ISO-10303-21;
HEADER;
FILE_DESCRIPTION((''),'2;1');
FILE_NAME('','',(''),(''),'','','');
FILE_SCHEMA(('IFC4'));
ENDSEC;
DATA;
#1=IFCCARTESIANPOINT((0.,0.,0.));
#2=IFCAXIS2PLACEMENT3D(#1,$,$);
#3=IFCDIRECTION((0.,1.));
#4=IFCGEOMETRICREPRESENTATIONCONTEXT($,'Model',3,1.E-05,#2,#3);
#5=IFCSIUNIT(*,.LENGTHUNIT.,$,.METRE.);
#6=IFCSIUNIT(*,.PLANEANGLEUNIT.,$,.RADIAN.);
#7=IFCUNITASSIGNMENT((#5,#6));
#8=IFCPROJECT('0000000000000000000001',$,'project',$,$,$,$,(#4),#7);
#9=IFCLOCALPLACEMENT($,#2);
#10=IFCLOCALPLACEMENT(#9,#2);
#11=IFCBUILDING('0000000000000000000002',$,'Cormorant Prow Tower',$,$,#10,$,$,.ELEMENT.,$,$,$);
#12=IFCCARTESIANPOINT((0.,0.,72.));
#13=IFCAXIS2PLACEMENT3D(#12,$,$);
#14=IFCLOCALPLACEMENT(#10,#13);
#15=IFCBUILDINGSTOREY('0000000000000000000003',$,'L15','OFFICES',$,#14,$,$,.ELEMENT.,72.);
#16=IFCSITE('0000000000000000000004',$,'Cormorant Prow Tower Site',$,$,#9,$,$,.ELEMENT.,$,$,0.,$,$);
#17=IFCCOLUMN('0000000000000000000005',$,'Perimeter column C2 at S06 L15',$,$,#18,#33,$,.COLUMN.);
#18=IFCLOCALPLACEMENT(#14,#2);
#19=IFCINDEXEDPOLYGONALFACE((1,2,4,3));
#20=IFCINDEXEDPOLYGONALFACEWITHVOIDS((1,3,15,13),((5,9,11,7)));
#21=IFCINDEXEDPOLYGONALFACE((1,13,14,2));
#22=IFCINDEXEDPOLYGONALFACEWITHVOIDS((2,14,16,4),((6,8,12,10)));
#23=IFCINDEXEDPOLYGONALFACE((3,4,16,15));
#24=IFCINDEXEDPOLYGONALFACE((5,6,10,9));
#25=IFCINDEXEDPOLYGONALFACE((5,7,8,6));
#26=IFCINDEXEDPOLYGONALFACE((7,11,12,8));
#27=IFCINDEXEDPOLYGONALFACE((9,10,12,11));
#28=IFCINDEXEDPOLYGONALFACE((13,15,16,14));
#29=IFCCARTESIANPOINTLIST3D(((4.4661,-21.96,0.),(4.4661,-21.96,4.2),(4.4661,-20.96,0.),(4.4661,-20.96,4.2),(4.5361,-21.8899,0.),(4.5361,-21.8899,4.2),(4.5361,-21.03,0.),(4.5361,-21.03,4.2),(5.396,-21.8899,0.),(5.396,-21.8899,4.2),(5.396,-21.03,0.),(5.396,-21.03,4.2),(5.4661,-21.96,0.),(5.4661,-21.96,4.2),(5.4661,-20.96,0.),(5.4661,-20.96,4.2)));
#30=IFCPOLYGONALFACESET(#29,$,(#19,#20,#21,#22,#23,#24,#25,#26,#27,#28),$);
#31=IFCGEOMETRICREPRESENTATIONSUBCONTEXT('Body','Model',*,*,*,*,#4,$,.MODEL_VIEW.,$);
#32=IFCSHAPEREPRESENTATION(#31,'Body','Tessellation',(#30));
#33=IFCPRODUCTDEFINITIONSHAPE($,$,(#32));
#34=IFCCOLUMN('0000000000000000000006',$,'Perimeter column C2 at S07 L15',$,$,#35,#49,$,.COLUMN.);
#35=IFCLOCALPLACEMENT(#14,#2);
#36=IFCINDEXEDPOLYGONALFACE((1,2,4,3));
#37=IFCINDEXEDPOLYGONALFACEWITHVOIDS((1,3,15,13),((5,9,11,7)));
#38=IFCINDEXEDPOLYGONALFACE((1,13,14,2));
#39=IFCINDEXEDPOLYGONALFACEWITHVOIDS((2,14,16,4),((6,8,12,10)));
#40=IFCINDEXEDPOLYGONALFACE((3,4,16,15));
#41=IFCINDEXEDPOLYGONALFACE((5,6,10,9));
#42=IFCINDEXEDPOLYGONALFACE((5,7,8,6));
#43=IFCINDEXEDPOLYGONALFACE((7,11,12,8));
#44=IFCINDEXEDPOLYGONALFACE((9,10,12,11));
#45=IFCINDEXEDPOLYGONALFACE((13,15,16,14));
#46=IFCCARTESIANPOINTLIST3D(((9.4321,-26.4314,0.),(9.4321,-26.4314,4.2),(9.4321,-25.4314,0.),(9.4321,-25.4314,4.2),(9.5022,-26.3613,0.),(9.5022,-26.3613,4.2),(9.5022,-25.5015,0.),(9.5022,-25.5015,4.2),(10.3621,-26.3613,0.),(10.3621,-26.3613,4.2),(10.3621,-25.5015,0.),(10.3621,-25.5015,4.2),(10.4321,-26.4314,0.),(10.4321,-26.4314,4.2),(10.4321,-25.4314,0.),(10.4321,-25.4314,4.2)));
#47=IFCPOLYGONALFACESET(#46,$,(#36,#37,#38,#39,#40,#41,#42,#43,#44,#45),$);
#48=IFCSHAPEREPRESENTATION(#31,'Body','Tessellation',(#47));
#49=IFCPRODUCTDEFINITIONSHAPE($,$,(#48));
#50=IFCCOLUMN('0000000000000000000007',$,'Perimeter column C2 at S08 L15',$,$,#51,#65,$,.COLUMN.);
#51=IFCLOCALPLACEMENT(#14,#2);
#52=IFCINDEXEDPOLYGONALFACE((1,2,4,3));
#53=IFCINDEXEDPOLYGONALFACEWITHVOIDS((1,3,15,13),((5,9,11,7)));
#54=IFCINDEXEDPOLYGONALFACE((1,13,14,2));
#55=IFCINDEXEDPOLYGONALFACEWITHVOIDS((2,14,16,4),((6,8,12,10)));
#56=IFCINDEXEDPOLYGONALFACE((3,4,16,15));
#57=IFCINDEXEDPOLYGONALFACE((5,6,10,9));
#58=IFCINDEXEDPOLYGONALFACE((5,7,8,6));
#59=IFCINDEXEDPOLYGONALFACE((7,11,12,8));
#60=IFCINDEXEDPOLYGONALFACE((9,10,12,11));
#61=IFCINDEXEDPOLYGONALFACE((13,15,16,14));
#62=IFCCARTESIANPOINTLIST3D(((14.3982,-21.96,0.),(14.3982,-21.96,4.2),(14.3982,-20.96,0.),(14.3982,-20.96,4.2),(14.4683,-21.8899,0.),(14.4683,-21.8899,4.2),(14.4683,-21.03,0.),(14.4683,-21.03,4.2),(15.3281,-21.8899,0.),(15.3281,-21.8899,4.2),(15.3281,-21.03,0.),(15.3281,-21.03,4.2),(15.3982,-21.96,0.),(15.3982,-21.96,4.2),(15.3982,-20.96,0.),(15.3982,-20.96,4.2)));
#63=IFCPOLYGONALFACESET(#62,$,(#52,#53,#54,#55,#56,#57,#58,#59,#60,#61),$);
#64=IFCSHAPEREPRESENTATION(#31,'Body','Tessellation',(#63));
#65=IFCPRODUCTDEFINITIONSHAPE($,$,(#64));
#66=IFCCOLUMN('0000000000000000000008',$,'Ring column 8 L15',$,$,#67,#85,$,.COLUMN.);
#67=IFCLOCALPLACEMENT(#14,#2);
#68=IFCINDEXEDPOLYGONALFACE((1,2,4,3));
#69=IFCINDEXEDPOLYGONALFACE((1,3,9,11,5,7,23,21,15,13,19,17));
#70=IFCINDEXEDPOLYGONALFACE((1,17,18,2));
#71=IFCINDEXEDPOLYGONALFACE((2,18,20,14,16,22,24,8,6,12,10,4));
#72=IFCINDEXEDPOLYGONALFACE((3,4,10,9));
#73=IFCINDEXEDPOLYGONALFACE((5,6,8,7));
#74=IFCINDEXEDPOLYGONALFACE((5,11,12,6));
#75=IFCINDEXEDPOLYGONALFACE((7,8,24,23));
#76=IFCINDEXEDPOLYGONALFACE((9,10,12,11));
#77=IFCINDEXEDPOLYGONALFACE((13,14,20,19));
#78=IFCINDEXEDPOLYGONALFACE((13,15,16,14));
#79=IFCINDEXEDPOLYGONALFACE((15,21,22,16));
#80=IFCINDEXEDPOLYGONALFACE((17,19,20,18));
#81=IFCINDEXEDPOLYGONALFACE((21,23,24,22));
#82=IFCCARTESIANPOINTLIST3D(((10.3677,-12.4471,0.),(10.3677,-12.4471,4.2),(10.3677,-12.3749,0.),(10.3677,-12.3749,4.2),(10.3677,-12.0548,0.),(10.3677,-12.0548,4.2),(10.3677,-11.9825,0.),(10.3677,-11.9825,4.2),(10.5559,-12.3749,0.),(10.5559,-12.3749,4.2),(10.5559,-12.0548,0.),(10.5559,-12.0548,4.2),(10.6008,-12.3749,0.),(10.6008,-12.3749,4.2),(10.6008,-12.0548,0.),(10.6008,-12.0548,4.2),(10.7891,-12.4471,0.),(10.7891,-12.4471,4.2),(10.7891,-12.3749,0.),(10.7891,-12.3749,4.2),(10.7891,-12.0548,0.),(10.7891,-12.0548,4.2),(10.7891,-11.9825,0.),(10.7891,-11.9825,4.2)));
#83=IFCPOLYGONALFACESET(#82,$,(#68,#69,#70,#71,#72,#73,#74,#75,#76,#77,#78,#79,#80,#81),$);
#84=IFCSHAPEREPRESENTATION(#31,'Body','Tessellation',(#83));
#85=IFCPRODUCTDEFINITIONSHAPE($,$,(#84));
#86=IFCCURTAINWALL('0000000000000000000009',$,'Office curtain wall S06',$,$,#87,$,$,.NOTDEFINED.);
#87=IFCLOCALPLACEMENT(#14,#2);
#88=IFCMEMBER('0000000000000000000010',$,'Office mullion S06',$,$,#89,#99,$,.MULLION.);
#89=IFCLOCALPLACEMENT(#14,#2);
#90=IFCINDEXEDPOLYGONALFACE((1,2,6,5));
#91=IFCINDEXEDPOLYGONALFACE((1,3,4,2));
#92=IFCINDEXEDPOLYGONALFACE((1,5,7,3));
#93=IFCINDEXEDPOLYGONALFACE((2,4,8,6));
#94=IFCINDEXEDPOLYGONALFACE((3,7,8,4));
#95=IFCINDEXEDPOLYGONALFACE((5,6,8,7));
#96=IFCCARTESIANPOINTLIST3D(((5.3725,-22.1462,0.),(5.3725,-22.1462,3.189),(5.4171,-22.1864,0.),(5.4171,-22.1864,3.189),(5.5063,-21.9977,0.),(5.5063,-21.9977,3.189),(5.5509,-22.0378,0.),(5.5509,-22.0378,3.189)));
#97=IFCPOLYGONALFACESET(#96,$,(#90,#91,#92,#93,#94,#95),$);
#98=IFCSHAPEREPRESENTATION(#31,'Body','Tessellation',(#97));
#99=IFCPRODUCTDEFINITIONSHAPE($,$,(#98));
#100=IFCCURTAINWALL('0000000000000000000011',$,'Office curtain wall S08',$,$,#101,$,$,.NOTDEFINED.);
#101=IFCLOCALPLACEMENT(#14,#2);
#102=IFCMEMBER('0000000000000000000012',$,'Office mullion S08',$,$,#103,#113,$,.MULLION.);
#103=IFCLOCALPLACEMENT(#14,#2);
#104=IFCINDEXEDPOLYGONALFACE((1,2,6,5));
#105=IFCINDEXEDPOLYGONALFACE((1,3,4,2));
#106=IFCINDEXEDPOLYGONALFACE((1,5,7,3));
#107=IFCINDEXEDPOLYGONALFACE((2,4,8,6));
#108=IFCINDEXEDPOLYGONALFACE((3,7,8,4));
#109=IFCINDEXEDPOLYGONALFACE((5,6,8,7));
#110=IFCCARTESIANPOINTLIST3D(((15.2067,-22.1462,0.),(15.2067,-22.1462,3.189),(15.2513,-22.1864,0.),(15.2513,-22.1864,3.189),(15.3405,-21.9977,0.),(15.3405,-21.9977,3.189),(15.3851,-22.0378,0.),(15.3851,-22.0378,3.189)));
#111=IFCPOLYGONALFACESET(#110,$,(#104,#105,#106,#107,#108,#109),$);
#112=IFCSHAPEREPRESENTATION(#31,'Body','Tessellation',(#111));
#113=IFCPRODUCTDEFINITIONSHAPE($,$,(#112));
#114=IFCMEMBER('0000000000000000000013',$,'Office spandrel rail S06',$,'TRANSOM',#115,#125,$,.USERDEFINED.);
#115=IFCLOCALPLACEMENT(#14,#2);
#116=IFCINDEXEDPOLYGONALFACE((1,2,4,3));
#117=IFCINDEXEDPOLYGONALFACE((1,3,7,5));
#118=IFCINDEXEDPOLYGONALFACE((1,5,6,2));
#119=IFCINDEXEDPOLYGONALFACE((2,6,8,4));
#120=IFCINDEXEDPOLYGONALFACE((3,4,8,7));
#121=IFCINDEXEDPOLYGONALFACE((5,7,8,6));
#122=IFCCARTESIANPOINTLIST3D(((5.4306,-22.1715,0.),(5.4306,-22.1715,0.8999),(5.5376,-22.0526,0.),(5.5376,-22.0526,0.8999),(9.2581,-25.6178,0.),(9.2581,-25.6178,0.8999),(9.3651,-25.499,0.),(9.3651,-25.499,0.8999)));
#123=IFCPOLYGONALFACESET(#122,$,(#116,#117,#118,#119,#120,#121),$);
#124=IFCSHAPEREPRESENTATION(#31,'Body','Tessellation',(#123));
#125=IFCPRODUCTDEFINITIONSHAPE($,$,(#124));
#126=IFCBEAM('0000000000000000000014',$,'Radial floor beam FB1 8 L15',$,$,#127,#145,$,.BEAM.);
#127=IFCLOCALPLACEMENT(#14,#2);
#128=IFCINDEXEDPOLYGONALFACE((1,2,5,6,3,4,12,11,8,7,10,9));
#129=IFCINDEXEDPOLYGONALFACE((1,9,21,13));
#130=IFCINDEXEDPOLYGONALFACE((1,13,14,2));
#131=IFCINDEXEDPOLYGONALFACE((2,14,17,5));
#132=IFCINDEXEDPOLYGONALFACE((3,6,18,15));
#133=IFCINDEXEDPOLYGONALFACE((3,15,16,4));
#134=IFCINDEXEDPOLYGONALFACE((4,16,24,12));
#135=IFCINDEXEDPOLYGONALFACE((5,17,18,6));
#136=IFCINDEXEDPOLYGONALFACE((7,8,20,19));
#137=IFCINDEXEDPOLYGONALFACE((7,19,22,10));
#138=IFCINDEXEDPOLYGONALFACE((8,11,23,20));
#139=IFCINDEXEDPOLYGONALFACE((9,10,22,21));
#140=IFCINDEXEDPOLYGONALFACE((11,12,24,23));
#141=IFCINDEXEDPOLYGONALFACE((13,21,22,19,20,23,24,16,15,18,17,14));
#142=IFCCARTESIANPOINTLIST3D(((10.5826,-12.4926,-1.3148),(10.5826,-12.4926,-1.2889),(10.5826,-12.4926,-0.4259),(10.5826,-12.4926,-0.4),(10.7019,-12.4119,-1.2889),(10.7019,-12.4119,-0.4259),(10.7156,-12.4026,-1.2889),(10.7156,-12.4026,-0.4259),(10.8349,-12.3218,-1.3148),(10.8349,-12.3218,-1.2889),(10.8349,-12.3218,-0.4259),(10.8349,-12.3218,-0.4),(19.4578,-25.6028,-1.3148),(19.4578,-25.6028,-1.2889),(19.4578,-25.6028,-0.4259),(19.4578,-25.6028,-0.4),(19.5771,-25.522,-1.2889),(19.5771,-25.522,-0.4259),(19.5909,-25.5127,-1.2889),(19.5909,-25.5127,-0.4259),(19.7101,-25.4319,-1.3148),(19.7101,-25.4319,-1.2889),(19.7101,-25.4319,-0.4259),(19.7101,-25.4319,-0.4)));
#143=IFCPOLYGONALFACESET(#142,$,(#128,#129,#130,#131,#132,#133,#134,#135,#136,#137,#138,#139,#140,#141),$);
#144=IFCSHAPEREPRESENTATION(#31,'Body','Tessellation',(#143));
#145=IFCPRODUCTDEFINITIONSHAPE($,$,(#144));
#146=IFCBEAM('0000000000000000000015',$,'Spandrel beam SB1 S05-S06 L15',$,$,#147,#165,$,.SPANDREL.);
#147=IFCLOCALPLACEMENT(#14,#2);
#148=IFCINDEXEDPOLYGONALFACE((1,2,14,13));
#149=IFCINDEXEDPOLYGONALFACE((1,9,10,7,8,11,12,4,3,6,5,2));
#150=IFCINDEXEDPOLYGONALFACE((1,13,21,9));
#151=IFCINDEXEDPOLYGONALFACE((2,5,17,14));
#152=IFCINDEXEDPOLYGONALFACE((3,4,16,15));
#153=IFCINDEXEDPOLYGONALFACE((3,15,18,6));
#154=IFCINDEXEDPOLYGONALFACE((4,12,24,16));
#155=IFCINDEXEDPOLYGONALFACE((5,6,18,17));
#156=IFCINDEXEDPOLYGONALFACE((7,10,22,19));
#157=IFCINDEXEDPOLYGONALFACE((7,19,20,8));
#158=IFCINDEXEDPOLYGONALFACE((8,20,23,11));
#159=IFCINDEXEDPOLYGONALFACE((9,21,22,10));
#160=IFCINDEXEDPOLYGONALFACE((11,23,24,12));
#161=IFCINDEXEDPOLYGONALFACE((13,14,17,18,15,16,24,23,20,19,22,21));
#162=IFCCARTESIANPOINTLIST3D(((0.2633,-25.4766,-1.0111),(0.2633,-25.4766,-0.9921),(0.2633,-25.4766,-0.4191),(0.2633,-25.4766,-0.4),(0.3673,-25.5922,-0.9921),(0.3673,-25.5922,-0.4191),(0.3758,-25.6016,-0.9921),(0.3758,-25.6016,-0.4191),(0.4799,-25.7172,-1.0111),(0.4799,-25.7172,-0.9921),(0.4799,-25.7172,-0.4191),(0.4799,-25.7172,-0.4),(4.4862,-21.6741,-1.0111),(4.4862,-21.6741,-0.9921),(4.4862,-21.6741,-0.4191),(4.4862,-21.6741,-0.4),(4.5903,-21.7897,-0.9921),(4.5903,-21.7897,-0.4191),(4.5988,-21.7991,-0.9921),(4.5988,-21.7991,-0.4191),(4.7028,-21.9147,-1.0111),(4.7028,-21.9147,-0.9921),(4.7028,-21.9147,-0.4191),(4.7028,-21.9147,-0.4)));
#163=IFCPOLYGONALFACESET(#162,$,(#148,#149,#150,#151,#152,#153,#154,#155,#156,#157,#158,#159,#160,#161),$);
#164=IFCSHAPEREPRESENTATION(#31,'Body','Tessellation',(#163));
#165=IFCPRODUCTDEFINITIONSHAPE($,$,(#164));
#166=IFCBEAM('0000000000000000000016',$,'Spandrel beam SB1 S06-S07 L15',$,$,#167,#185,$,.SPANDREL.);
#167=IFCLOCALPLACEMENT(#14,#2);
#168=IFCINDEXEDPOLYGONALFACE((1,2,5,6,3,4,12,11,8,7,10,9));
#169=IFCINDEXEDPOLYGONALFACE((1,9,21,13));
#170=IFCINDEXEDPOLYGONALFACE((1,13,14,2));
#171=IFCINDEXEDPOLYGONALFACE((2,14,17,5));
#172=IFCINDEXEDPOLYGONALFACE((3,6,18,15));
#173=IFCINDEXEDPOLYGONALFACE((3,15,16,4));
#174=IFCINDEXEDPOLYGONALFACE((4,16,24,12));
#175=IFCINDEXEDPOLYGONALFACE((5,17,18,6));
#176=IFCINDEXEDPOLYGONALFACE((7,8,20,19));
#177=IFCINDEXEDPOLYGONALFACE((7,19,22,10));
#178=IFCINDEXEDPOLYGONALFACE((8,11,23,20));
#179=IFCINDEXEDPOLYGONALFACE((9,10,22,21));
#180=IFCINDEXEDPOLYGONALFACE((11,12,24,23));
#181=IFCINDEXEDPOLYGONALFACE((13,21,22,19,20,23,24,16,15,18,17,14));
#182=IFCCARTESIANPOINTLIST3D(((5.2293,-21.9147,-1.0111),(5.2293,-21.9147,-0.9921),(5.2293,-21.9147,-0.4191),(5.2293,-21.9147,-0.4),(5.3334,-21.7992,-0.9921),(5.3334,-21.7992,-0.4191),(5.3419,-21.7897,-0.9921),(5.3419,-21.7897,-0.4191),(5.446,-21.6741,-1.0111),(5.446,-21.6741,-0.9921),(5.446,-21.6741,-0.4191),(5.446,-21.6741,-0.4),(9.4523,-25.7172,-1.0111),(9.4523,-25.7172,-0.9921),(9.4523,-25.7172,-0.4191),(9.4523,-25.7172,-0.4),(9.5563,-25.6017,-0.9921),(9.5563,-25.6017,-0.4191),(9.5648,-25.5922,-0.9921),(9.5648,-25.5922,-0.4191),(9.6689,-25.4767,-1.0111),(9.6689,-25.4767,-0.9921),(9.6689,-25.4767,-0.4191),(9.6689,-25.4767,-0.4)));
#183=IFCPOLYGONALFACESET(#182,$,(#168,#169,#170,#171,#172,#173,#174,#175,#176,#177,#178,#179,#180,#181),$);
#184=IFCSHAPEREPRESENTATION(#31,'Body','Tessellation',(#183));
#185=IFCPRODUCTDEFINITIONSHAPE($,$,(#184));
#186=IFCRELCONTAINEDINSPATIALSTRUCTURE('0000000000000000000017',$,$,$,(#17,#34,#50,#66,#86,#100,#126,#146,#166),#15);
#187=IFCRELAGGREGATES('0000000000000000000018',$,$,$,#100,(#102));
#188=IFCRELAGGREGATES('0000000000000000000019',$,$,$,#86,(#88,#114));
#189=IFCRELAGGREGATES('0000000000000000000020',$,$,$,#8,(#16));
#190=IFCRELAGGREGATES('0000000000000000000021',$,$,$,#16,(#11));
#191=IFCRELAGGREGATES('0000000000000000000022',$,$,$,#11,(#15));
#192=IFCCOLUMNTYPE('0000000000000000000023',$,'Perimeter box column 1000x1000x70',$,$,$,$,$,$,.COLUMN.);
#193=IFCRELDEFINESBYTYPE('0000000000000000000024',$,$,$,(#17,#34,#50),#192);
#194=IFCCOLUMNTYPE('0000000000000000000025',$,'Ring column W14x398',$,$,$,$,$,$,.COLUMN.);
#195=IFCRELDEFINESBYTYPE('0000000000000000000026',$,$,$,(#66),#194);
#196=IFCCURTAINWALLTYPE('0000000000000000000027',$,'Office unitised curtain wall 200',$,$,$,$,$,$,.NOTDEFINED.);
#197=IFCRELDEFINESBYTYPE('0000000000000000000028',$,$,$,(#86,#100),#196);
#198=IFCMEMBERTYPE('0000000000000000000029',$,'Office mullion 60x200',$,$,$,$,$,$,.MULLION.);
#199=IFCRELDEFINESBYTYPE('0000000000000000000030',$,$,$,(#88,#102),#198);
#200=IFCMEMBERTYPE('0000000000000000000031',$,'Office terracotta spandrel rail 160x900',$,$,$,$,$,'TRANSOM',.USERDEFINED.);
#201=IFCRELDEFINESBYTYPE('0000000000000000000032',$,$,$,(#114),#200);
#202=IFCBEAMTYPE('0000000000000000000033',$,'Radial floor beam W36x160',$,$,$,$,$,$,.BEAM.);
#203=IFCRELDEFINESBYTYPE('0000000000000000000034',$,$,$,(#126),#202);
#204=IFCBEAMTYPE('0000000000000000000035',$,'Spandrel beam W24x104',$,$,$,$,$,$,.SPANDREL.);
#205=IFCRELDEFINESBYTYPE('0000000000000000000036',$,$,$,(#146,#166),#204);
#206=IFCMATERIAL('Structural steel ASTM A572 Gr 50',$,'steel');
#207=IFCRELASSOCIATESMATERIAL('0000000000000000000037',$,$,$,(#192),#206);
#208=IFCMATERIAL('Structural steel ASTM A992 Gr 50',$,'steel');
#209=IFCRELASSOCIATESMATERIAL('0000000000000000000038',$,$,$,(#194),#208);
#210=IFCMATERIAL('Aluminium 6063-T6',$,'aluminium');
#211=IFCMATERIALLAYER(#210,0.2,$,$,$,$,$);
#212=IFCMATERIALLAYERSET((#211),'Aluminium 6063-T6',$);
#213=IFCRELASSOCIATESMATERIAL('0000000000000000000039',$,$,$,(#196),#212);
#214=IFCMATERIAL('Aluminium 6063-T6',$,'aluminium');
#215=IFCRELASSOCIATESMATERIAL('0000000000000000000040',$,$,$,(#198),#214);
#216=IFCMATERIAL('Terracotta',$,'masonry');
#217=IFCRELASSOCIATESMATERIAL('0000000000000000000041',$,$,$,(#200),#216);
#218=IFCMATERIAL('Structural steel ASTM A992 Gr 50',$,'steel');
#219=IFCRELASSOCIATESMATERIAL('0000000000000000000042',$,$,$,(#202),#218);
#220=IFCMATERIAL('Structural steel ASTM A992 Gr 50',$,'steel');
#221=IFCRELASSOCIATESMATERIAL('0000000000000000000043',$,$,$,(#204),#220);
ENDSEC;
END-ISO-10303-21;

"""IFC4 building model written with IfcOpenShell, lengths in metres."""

from ifc_helpers import new_model, si_unit, direction, frame, origin, origin_2d, place, context, subcontext, project, spatial, rectangle, hollow_rectangle, i_section, extrude, material, layer, layer_set, material_profile, profile_set, type_object, element, aggregate, save


model = new_model("IFC4")

# Units and contexts
model_context = context("Model", 3, precision=1e-05, world=origin(), true_north=direction((0.0, 1.0)))
body_context = subcontext(model_context, "Body", "Model", "MODEL_VIEW")
ifc_project = project(units=[si_unit("LENGTHUNIT", "METRE"), si_unit("PLANEANGLEUNIT", "RADIAN")], contexts=[model_context])

# Site, building, storey
site_placement = place(None, origin())
site = spatial("IfcSite", under=ifc_project, at=site_placement, Name="Cormorant Prow Tower Site", CompositionType="ELEMENT", RefElevation=0.0)
building_placement = place(site_placement, origin())
building = spatial("IfcBuilding", under=site, at=building_placement, Name="Cormorant Prow Tower", CompositionType="ELEMENT")
storey_placement = place(building_placement, frame((0.0, 0.0, 72.0)))
storey = spatial("IfcBuildingStorey", under=building, at=storey_placement, Name="L15", Description="OFFICES", CompositionType="ELEMENT", Elevation=72.0)

# Columns
ifc_material_1 = material(Name="Structural steel ASTM A572 Gr 50", Category="steel")
ifc_material_profile_1 = material_profile(ifc_material_1, hollow_rectangle(XDim=1.0, YDim=1.0, WallThickness=0.0701, at=origin_2d()), Name="Box 1000x1000x70")
ifc_profile_set_1 = profile_set([ifc_material_profile_1], Name="Structural steel ASTM A572 Gr 50")
column_type_1 = type_object("IfcColumnType", Name="Perimeter box column 1000x1000x70", PredefinedType="COLUMN", material=ifc_profile_set_1)
for number, where, z_axis, x_axis, name in (
    (1, (4.9661, -21.46, 0.0), (0.0, 0.0, 1.0), (1.0, 0.0, 0.0), "Perimeter column C2 at S06 L15"),
    (2, (9.9321, -25.9314, 0.0), (0.0, 0.0, 1.0), (1.0, 0.0, 0.0), "Perimeter column C2 at S07 L15"),
    (3, (14.8982, -21.46, 0.0), (0.0, 0.0, 1.0), (1.0, 0.0, 0.0), "Perimeter column C2 at S08 L15"),
):
    element("IfcColumn", number, at=place(storey_placement, frame(where, z_axis=z_axis, x_axis=x_axis)), inside=storey, type_object=column_type_1, Name=name, PredefinedType="COLUMN", context=body_context, shape_type="SweptSolid", body=[
        extrude(hollow_rectangle(XDim=1.0, YDim=1.0, WallThickness=0.0701, at=origin_2d()), origin(), (0.0, 0.0, 1.0), 4.2),
    ])
ifc_material_2 = material(Name="Structural steel ASTM A992 Gr 50", Category="steel")
ifc_material_profile_2 = material_profile(ifc_material_2, i_section(OverallWidth=0.4214, OverallDepth=0.4646, WebThickness=0.0449, FlangeThickness=0.0723, at=origin_2d()), Name="W14x398")
ifc_profile_set_2 = profile_set([ifc_material_profile_2], Name="Structural steel ASTM A992 Gr 50")
column_type_2 = type_object("IfcColumnType", Name="Ring column W14x398", PredefinedType="COLUMN", material=ifc_profile_set_2)
column_placement = place(storey_placement, frame((10.5784, -12.2148, 0.0), z_axis=(0.0, 0.0, 1.0), x_axis=(1.0, 0.0, 0.0)))
element("IfcColumn", 4, at=column_placement, inside=storey, type_object=column_type_2, Name="Ring column 8 L15", PredefinedType="COLUMN", context=body_context, shape_type="SweptSolid", body=[
    extrude(i_section(OverallWidth=0.4214, OverallDepth=0.4646, WebThickness=0.0449, FlangeThickness=0.0723, at=origin_2d()), origin(), (0.0, 0.0, 1.0), 4.2),
])

# Curtain walls, members
ifc_material_3 = material(Name="Aluminium 6063-T6", Category="aluminium")
ifc_layer_1 = layer(ifc_material_3, 0.2)
ifc_layer_set_1 = layer_set([ifc_layer_1], Name="Aluminium 6063-T6")
curtain_wall_type = type_object("IfcCurtainWallType", Name="Office unitised curtain wall 200", PredefinedType="NOTDEFINED", material=ifc_layer_set_1)
curtain_wall_1_placement = place(storey_placement, origin())
curtain_wall_1 = element("IfcCurtainWall", 5, at=curtain_wall_1_placement, inside=storey, type_object=curtain_wall_type, Name="Office curtain wall S06", PredefinedType="NOTDEFINED")
ifc_material_4 = material(Name="Aluminium 6063-T6", Category="aluminium")
ifc_material_profile_3 = material_profile(ifc_material_4, rectangle(XDim=0.2, YDim=0.0601, at=origin_2d()), Name="Office mullion 60x200")
ifc_profile_set_3 = profile_set([ifc_material_profile_3], Name="Aluminium 6063-T6")
member_type_1 = type_object("IfcMemberType", Name="Office mullion 60x200", PredefinedType="MULLION", material=ifc_profile_set_3)
member_1_placement = place(storey_placement, frame((5.4617, -22.092, 0.0), z_axis=(0.0, 0.0, 1.0), x_axis=(0.669131, 0.743145, 0.0)))
member_1 = element("IfcMember", 6, at=member_1_placement, type_object=member_type_1, Name="Office mullion S06", PredefinedType="MULLION", context=body_context, shape_type="SweptSolid", body=[
    extrude(rectangle(XDim=0.2, YDim=0.0601, at=origin_2d()), origin(), (0.0, 0.0, 1.0), 3.189),
])
curtain_wall_2_placement = place(storey_placement, origin())
curtain_wall_2 = element("IfcCurtainWall", 7, at=curtain_wall_2_placement, inside=storey, type_object=curtain_wall_type, Name="Office curtain wall S08", PredefinedType="NOTDEFINED")
member_2_placement = place(storey_placement, frame((15.2959, -22.092, 0.0), z_axis=(0.0, 0.0, 1.0), x_axis=(0.669131, 0.743145, 0.0)))
member_2 = element("IfcMember", 8, at=member_2_placement, type_object=member_type_1, Name="Office mullion S08", PredefinedType="MULLION", context=body_context, shape_type="SweptSolid", body=[
    extrude(rectangle(XDim=0.2, YDim=0.0601, at=origin_2d()), origin(), (0.0, 0.0, 1.0), 3.189),
])
aggregate(curtain_wall_2, [member_2])

# Member
ifc_material_5 = material(Name="Terracotta", Category="masonry")
ifc_material_profile_4 = material_profile(ifc_material_5, rectangle(XDim=0.1599, YDim=0.8999, at=origin_2d()), Name="Office terracotta spandrel rail 160x900")
ifc_profile_set_4 = profile_set([ifc_material_profile_4], Name="Terracotta")
member_type_2 = type_object("IfcMemberType", Name="Office terracotta spandrel rail 160x900", ElementType="TRANSOM", PredefinedType="USERDEFINED", material=ifc_profile_set_4)
member_3_placement = place(storey_placement, frame((5.4841, -22.1121, 0.45), z_axis=(0.743136, -0.66914, 0.0), x_axis=(0.66914, 0.743136, 0.0)))
member_3 = element("IfcMember", 9, at=member_3_placement, type_object=member_type_2, Name="Office spandrel rail S06", ObjectType="TRANSOM", PredefinedType="USERDEFINED", context=body_context, shape_type="SweptSolid", body=[
    extrude(rectangle(XDim=0.1599, YDim=0.8999, at=origin_2d()), origin(), (0.0, 0.0, 1.0), 5.1504),
])

# Beams
ifc_material_6 = material(Name="Structural steel ASTM A992 Gr 50", Category="steel")
ifc_material_profile_5 = material_profile(ifc_material_6, i_section(OverallWidth=0.3047, OverallDepth=0.9148, WebThickness=0.0166, FlangeThickness=0.0259, at=origin_2d()), Name="W36x160")
ifc_profile_set_5 = profile_set([ifc_material_profile_5], Name="Structural steel ASTM A992 Gr 50")
beam_type_1 = type_object("IfcBeamType", Name="Radial floor beam W36x160", PredefinedType="BEAM", material=ifc_profile_set_5)
beam_placement = place(storey_placement, frame((10.7087, -12.4072, -0.8574), z_axis=(0.560597, -0.828089, 0.0), x_axis=(0.828089, 0.560597, 0.0)))
element("IfcBeam", 10, at=beam_placement, inside=storey, type_object=beam_type_1, Name="Radial floor beam FB1 8 L15", PredefinedType="BEAM", context=body_context, shape_type="SweptSolid", body=[
    extrude(i_section(OverallWidth=0.3047, OverallDepth=0.9148, WebThickness=0.0166, FlangeThickness=0.0259, at=origin_2d()), origin(), (0.0, 0.0, 1.0), 15.8318),
])
ifc_material_7 = material(Name="Structural steel ASTM A992 Gr 50", Category="steel")
ifc_material_profile_6 = material_profile(ifc_material_7, i_section(OverallWidth=0.3237, OverallDepth=0.6111, WebThickness=0.0127, FlangeThickness=0.019, at=origin_2d()), Name="W24x104")
ifc_profile_set_6 = profile_set([ifc_material_profile_6], Name="Structural steel ASTM A992 Gr 50")
beam_type_2 = type_object("IfcBeamType", Name="Spandrel beam W24x104", PredefinedType="SPANDREL", material=ifc_profile_set_6)
for number, where, z_axis, x_axis, name in (
    (11, (0.3716, -25.5969, -0.7056), (0.74313, 0.669147, 0.0), (-0.669147, 0.74313, 0.0), "Spandrel beam SB1 S05-S06 L15"),
    (12, (5.3376, -21.7944, -0.7056), (0.74313, -0.669147, 0.0), (0.669147, 0.74313, 0.0), "Spandrel beam SB1 S06-S07 L15"),
):
    element("IfcBeam", number, at=place(storey_placement, frame(where, z_axis=z_axis, x_axis=x_axis)), inside=storey, type_object=beam_type_2, Name=name, PredefinedType="SPANDREL", context=body_context, shape_type="SweptSolid", body=[
        extrude(i_section(OverallWidth=0.3237, OverallDepth=0.6111, WebThickness=0.0127, FlangeThickness=0.019, at=origin_2d()), origin(), (0.0, 0.0, 1.0), 5.6826),
    ])

aggregate(curtain_wall_1, [member_1, member_3])

save(model, "model.ifc")
